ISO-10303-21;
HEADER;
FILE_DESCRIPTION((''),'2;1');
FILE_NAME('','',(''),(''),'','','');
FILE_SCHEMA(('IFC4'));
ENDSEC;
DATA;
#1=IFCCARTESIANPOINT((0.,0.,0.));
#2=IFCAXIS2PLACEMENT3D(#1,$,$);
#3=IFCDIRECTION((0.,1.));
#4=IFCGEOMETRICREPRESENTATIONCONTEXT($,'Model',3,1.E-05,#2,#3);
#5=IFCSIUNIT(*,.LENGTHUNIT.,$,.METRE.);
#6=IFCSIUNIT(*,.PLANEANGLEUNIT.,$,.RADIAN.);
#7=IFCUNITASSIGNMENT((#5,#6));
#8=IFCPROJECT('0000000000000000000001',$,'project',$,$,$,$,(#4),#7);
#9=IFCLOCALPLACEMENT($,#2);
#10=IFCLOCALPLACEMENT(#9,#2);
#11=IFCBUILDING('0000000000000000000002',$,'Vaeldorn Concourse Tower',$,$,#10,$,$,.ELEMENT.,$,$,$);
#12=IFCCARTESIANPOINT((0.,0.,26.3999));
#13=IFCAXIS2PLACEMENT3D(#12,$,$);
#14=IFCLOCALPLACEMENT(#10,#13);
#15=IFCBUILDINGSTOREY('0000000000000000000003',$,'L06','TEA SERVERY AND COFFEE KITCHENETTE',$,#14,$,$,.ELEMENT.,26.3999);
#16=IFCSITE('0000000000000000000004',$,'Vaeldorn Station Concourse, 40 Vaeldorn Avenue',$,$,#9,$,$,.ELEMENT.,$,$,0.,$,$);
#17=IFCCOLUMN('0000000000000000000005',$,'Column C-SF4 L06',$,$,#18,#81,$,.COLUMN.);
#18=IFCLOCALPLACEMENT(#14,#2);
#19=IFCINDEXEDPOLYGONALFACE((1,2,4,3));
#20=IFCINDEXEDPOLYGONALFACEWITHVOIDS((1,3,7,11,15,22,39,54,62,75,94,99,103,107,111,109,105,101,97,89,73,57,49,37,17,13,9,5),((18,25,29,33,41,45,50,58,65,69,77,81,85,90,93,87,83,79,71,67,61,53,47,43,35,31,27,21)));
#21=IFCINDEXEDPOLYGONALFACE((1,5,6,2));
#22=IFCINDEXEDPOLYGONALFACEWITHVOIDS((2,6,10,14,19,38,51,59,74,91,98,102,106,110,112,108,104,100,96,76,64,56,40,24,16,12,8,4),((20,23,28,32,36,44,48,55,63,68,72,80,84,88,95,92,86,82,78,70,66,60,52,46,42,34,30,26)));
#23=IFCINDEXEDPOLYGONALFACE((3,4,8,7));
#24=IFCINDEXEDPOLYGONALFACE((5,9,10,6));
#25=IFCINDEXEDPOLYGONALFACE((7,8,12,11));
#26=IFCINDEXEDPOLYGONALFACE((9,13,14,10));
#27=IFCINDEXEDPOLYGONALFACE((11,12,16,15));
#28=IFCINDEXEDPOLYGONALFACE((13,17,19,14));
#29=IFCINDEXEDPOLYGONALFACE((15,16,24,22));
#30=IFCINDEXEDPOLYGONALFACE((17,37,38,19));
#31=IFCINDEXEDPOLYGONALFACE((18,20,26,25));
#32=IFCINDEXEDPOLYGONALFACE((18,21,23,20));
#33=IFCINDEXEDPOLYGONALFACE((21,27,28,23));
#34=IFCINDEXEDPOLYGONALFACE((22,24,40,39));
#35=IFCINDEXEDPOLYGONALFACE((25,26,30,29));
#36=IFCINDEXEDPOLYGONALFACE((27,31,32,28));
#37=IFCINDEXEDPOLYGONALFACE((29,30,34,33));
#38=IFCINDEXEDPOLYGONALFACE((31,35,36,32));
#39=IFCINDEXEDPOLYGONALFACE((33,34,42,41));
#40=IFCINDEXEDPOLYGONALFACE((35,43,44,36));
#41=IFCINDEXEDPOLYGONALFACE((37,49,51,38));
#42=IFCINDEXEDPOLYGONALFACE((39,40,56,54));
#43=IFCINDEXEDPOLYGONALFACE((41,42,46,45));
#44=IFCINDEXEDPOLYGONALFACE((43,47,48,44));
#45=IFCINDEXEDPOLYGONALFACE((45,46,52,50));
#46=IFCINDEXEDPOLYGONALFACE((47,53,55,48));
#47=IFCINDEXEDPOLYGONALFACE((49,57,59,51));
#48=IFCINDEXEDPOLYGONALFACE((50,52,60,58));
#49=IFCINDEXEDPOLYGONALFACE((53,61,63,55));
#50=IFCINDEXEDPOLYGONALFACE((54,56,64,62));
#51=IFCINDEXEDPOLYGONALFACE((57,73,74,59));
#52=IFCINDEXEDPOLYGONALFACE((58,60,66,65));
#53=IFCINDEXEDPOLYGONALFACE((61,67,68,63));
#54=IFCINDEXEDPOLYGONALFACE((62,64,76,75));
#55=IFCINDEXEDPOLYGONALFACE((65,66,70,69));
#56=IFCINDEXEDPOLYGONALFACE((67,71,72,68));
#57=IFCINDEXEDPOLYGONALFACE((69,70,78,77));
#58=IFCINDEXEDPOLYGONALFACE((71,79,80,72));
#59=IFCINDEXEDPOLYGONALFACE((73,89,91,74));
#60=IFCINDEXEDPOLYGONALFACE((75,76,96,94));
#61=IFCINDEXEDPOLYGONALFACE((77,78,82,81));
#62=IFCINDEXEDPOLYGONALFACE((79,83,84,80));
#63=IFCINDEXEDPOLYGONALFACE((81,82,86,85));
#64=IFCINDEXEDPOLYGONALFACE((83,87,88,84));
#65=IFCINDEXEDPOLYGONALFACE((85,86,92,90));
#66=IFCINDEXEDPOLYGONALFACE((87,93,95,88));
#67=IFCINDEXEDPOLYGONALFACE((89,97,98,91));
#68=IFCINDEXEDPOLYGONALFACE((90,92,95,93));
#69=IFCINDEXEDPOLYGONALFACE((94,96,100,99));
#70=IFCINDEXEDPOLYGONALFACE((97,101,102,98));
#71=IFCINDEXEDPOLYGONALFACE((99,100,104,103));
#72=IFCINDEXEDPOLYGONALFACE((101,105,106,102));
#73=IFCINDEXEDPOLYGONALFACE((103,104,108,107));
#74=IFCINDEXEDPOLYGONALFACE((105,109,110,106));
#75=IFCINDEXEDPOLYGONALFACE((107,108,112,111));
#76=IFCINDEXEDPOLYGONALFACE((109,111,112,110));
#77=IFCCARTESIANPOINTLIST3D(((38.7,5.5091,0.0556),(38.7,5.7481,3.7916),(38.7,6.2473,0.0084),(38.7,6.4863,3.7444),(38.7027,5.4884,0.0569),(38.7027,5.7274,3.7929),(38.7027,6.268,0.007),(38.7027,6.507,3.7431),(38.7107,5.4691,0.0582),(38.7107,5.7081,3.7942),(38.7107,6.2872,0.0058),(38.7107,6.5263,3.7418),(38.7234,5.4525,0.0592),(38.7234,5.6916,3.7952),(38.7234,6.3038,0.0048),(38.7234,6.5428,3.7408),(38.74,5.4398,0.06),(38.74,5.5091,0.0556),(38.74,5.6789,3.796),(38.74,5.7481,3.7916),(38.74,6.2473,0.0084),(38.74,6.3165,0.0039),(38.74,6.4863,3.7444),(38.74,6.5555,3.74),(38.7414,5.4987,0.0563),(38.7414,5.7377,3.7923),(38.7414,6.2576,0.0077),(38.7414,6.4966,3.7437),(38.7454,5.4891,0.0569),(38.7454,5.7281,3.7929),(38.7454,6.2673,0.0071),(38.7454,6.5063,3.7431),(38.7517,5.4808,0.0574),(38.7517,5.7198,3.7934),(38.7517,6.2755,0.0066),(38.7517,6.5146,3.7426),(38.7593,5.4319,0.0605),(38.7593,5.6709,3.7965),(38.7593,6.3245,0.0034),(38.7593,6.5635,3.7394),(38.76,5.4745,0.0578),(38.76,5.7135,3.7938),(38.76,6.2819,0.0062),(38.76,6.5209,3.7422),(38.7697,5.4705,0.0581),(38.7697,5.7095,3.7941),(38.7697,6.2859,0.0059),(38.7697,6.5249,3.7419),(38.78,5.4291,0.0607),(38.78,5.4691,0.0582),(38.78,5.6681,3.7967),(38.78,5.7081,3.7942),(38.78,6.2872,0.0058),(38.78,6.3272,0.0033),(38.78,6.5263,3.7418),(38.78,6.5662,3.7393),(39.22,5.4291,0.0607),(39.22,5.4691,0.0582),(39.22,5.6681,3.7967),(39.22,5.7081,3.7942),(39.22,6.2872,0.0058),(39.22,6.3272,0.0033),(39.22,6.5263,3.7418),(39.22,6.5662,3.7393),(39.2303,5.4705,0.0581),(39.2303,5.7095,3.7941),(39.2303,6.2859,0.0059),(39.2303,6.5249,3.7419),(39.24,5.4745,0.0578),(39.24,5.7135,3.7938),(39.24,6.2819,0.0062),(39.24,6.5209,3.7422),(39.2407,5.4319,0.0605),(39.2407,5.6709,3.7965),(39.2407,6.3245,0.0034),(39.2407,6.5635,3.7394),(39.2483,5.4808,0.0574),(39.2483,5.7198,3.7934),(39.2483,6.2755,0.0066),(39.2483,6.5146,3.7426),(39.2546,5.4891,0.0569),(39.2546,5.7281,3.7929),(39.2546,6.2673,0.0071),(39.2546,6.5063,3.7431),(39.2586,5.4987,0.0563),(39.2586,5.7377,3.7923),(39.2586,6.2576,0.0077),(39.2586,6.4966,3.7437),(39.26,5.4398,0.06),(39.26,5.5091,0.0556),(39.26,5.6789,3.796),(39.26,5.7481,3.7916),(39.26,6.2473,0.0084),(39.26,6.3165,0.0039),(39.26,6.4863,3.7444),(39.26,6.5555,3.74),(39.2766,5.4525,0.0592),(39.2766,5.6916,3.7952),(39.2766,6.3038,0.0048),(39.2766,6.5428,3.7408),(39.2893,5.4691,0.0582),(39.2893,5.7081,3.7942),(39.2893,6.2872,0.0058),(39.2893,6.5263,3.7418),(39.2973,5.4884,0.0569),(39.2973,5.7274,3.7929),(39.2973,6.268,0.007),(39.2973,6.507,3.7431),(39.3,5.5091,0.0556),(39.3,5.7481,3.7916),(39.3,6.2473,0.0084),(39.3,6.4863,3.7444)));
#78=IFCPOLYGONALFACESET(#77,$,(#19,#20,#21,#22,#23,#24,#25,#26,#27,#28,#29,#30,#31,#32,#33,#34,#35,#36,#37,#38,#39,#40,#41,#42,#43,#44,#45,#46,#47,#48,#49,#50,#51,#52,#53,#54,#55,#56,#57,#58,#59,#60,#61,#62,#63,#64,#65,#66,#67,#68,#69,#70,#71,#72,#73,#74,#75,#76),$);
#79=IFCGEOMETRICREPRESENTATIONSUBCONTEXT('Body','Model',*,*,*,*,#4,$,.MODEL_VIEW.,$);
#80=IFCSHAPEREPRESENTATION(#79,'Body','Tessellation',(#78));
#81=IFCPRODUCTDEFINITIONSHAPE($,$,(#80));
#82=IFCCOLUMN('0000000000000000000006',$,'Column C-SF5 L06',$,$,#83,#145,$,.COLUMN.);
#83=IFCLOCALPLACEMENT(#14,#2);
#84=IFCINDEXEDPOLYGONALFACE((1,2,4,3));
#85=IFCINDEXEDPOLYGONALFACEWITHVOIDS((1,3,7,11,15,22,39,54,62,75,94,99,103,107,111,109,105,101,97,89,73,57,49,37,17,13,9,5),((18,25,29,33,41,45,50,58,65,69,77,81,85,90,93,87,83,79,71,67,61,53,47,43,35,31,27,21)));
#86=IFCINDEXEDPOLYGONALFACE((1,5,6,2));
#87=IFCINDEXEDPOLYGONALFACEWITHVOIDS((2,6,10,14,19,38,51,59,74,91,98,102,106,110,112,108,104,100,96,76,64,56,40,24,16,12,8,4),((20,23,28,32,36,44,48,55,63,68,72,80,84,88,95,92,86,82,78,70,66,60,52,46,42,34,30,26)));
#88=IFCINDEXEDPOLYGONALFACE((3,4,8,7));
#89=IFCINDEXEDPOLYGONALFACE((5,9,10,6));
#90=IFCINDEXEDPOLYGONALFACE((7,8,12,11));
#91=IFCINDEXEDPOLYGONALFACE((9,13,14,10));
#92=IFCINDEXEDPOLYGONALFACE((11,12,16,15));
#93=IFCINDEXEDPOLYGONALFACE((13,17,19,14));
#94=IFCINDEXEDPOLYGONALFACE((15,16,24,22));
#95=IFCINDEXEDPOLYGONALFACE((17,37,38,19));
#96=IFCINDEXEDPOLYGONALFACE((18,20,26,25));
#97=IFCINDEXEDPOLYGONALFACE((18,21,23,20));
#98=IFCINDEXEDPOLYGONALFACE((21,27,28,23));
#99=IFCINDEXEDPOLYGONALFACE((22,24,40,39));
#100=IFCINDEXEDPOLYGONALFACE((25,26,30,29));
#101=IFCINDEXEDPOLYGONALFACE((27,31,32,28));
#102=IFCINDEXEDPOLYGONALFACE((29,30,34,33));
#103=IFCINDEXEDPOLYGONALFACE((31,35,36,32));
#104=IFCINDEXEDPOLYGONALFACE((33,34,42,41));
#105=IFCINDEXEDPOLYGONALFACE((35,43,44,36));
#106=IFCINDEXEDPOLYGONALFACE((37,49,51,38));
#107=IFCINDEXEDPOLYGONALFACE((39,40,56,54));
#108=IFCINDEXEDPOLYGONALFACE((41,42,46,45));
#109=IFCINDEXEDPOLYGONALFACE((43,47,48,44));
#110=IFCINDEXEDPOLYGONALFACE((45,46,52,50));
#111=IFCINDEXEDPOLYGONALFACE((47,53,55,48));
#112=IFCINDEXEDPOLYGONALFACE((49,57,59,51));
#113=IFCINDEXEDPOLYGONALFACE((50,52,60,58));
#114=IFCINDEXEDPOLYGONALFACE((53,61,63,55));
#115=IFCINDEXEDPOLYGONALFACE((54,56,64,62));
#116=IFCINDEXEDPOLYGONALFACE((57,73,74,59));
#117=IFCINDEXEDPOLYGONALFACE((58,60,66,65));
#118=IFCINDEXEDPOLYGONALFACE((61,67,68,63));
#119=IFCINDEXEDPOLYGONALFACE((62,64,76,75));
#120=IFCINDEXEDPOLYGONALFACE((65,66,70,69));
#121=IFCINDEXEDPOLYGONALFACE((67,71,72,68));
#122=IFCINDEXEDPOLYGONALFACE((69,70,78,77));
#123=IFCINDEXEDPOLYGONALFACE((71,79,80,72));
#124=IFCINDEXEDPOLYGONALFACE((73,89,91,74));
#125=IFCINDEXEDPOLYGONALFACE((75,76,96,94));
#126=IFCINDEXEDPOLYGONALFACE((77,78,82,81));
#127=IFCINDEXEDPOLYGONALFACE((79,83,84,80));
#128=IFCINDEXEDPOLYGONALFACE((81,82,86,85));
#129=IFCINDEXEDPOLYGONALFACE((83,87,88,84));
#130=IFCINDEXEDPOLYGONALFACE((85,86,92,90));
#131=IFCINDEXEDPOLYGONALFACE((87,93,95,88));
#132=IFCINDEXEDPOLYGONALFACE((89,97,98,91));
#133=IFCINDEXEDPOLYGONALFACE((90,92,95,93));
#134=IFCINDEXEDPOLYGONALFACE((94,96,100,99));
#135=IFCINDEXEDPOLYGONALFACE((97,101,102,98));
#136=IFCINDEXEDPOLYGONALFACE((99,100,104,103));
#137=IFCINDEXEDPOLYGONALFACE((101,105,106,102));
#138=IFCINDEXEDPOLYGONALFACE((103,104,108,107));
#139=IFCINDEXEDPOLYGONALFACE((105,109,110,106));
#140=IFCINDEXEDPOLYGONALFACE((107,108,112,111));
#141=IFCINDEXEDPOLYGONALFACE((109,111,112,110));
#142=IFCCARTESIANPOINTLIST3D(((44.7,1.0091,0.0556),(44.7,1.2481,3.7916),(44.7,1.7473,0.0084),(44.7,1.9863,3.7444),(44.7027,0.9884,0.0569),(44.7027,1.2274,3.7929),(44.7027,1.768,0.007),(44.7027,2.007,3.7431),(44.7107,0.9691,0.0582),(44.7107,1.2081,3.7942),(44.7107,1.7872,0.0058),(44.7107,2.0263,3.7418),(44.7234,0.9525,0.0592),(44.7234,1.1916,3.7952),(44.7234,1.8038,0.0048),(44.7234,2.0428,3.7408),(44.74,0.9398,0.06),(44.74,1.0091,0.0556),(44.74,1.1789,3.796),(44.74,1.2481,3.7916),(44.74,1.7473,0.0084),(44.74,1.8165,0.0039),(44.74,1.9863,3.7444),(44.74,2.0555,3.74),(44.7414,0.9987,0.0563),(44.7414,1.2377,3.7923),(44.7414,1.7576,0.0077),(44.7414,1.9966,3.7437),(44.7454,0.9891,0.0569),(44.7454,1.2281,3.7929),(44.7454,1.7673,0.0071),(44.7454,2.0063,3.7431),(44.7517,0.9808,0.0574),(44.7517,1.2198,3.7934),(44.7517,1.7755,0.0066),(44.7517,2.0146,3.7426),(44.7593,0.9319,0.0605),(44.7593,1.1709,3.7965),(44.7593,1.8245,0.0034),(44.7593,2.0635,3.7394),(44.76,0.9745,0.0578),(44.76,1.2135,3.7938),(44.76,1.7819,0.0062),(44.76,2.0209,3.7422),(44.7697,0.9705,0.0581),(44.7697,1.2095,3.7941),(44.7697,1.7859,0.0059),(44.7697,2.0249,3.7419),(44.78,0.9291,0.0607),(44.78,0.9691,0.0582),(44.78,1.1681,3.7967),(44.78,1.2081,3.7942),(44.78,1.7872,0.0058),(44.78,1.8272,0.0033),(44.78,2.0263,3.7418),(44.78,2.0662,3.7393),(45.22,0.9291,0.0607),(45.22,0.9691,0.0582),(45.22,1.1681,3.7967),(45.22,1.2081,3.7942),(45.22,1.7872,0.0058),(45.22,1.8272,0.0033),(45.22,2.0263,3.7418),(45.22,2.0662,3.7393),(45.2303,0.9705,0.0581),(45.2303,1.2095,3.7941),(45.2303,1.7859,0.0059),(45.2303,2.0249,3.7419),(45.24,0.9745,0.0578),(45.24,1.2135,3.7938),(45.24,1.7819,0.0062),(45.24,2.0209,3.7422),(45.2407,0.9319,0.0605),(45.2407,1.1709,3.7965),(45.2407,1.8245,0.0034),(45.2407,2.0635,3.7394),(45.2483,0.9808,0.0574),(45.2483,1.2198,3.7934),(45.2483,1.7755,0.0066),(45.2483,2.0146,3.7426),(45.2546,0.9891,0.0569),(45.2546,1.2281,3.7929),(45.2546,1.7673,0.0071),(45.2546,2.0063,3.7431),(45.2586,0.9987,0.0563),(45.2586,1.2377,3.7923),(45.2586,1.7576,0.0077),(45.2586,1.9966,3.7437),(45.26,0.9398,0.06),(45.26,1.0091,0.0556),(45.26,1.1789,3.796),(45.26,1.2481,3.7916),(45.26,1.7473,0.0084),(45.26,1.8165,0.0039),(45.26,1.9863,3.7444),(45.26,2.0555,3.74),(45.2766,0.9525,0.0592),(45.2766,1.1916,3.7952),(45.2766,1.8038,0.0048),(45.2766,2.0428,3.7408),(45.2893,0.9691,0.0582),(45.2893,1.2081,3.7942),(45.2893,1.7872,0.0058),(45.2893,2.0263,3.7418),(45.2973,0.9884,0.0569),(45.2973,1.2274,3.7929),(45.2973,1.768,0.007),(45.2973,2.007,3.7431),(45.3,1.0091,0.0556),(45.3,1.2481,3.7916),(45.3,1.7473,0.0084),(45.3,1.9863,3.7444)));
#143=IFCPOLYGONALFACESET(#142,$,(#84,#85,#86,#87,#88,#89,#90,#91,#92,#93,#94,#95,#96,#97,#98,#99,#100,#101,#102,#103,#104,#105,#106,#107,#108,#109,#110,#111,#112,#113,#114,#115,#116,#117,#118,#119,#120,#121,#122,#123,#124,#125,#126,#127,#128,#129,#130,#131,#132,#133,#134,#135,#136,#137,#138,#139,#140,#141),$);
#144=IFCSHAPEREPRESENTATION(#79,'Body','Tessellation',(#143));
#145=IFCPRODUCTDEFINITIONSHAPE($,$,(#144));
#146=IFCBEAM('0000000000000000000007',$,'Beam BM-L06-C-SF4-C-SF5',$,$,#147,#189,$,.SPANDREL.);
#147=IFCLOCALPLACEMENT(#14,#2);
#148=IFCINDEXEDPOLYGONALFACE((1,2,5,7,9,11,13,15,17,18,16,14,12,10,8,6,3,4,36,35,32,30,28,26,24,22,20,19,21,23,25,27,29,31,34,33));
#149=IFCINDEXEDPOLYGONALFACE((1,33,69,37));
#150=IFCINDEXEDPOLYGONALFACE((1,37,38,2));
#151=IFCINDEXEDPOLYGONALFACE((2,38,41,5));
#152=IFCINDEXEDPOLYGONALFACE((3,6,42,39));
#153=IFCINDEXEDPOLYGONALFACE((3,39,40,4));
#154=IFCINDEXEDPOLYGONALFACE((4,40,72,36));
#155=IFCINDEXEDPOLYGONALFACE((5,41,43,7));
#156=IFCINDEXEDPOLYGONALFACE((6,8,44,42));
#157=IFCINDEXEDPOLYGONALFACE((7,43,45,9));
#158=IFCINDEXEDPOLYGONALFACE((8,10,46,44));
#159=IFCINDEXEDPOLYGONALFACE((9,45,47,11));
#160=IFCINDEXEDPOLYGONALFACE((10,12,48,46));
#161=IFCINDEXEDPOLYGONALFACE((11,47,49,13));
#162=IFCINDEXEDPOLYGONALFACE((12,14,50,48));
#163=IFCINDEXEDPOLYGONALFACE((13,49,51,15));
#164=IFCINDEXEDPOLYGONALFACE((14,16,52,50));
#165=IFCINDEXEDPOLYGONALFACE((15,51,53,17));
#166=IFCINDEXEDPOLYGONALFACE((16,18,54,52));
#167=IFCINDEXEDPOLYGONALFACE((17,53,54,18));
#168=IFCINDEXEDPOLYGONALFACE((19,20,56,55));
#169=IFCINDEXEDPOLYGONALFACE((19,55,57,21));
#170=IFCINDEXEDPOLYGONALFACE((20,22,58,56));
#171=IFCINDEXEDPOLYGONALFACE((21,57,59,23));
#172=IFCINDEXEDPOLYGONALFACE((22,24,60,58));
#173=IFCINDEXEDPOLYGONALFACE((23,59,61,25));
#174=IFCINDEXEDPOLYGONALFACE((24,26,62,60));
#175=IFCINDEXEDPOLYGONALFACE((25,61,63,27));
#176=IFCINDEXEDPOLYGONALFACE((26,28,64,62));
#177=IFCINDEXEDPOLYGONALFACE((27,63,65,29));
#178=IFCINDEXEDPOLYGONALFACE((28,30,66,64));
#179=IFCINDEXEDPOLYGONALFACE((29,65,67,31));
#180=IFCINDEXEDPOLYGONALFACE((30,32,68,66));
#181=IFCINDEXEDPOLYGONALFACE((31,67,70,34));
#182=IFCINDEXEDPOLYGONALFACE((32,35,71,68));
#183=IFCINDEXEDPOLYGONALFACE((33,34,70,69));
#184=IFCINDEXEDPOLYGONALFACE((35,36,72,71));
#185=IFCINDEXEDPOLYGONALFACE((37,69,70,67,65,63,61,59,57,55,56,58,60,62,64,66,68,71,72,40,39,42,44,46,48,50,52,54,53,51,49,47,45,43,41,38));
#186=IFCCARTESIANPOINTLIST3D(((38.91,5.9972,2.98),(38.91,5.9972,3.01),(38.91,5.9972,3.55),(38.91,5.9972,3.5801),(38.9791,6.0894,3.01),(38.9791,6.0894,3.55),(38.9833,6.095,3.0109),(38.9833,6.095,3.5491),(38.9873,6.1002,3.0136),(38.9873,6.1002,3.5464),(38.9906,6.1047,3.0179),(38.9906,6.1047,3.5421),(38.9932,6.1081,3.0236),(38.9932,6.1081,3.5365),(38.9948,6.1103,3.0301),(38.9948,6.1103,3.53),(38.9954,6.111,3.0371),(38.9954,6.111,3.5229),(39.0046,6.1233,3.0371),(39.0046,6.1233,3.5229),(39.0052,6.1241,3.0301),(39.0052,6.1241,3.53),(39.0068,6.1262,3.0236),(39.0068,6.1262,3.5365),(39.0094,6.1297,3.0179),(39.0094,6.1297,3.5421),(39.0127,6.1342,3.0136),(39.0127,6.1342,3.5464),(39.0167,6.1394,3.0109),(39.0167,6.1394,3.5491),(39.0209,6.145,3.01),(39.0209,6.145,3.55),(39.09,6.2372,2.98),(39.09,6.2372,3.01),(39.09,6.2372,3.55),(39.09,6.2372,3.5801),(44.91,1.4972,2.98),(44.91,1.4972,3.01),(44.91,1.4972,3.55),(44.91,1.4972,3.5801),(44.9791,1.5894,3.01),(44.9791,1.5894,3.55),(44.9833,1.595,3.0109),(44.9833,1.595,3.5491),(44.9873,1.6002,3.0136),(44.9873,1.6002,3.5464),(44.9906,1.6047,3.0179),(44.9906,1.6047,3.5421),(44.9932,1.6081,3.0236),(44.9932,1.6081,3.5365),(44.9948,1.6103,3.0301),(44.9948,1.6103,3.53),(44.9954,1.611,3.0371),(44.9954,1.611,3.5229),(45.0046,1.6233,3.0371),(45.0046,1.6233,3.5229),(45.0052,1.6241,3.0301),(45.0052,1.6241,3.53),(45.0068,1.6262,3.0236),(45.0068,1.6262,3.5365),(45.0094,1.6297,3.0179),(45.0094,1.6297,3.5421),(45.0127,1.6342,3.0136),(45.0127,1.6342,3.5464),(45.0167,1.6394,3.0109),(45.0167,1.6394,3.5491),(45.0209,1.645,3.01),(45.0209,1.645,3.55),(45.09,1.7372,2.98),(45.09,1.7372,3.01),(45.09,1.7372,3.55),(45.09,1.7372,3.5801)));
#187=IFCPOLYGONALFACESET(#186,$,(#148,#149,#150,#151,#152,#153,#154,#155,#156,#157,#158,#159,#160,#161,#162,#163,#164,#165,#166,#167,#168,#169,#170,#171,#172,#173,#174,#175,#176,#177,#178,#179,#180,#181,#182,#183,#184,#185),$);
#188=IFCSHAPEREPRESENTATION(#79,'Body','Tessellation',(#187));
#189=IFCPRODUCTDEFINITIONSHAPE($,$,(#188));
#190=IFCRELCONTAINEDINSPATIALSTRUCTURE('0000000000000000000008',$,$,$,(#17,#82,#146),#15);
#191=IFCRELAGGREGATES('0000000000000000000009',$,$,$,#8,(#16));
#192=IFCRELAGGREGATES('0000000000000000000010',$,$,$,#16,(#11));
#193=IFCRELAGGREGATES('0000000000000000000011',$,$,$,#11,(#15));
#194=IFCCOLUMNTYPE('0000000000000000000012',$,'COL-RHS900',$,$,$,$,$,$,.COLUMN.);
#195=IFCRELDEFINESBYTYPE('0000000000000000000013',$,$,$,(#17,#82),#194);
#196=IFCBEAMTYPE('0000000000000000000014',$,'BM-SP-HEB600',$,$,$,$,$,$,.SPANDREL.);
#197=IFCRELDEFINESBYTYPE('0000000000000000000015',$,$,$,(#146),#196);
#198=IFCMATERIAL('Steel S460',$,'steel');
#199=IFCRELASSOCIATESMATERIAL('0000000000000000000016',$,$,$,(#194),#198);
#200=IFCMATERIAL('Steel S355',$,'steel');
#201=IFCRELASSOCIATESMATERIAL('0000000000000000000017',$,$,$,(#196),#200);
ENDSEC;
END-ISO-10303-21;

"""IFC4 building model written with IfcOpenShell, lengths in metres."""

from ifc_helpers import new_model, si_unit, direction, frame, origin, origin_2d, place, context, subcontext, project, spatial, hollow_rectangle, i_section, extrude, source, transform, mapped, material, material_profile, profile_set, type_object, element, save


model = new_model("IFC4")

# Units and contexts
model_context = context("Model", 3, precision=1e-05, world=origin(), true_north=direction((0.0, 1.0)))
body_context = subcontext(model_context, "Body", "Model", "MODEL_VIEW")
ifc_project = project(units=[si_unit("LENGTHUNIT", "METRE"), si_unit("PLANEANGLEUNIT", "RADIAN")], contexts=[model_context])

# Site, building, storey
site_placement = place(None, origin())
site = spatial("IfcSite", under=ifc_project, at=site_placement, Name="Vaeldorn Station Concourse, 40 Vaeldorn Avenue", CompositionType="ELEMENT", RefElevation=0.0)
building_placement = place(site_placement, origin())
building = spatial("IfcBuilding", under=site, at=building_placement, Name="Vaeldorn Concourse Tower", CompositionType="ELEMENT")
storey_placement = place(building_placement, frame((0.0, 0.0, 26.3999)))
storey = spatial("IfcBuildingStorey", under=building, at=storey_placement, Name="L06", Description="TEA SERVERY AND COFFEE KITCHENETTE", CompositionType="ELEMENT", Elevation=26.3999)

# Columns
ifc_material_1 = material(Name="Steel S460", Category="steel")
ifc_material_profile_1 = material_profile(ifc_material_1, hollow_rectangle(XDim=0.6001, YDim=0.8999, WallThickness=0.04, InnerFilletRadius=0.04, OuterFilletRadius=0.0801, at=origin_2d()), Name="RHS 900x600x40")
ifc_profile_set_1 = profile_set([ifc_material_profile_1], Name="Steel S460")
column_type = type_object("IfcColumnType", Name="COL-RHS900", PredefinedType="COLUMN", material=ifc_profile_set_1)
shared_shape_1 = source(origin(), body_context, "Body", "SweptSolid", [
    extrude(hollow_rectangle(XDim=0.6001, YDim=0.8999, WallThickness=0.04, InnerFilletRadius=0.04, OuterFilletRadius=0.0801, at=origin_2d()), origin(), (0.0, 0.0, 1.0), 3.7437),
])
for number, where, z_axis, x_axis, name in (
    (1, (39.0, 5.8782, 0.032), (0.0, 0.063844, 0.99796), (-1.0, 0.0, 0.0), "Column C-SF4 L06"),
    (2, (45.0, 1.3782, 0.032), (0.0, 0.063844, 0.99796), (-1.0, 0.0, 0.0), "Column C-SF5 L06"),
):
    element("IfcColumn", number, at=place(storey_placement, frame(where, z_axis=z_axis, x_axis=x_axis)), inside=storey, type_object=column_type, Name=name, PredefinedType="COLUMN", context=body_context, shape_type="MappedRepresentation", body=[
        mapped(shared_shape_1, transform((0.0, 0.0, 0.0), scale=1.0)),
    ])

# Beam
ifc_material_2 = material(Name="Steel S355", Category="steel")
ifc_material_profile_2 = material_profile(ifc_material_2, i_section(OverallWidth=0.3, OverallDepth=0.6001, WebThickness=0.0154, FlangeThickness=0.03, FilletRadius=0.0271, at=origin_2d()), Name="HEB 600")
ifc_profile_set_2 = profile_set([ifc_material_profile_2], Name="Steel S355")
beam_type_1 = type_object("IfcBeamType", Name="BM-SP-HEB600", PredefinedType="SPANDREL", material=ifc_profile_set_2)
shared_shape_2 = source(origin(), body_context, "Body", "SweptSolid", [
    extrude(i_section(OverallWidth=0.3, OverallDepth=0.6001, WebThickness=0.0154, FlangeThickness=0.03, FilletRadius=0.0271, at=origin_2d()), origin(), (0.0, 0.0, 1.0), 7.5),
])
beam_1_placement = place(storey_placement, frame((39.0, 6.1172, 3.28), z_axis=(0.8, -0.6, 0.0), x_axis=(0.6, 0.8, 0.0)))
element("IfcBeam", 3, at=beam_1_placement, inside=storey, type_object=beam_type_1, Name="Beam BM-L06-C-SF4-C-SF5", PredefinedType="SPANDREL", context=body_context, shape_type="MappedRepresentation", body=[
    mapped(shared_shape_2, transform((0.0, 0.0, 0.0), scale=1.0)),
])

save(model, "model.ifc")
